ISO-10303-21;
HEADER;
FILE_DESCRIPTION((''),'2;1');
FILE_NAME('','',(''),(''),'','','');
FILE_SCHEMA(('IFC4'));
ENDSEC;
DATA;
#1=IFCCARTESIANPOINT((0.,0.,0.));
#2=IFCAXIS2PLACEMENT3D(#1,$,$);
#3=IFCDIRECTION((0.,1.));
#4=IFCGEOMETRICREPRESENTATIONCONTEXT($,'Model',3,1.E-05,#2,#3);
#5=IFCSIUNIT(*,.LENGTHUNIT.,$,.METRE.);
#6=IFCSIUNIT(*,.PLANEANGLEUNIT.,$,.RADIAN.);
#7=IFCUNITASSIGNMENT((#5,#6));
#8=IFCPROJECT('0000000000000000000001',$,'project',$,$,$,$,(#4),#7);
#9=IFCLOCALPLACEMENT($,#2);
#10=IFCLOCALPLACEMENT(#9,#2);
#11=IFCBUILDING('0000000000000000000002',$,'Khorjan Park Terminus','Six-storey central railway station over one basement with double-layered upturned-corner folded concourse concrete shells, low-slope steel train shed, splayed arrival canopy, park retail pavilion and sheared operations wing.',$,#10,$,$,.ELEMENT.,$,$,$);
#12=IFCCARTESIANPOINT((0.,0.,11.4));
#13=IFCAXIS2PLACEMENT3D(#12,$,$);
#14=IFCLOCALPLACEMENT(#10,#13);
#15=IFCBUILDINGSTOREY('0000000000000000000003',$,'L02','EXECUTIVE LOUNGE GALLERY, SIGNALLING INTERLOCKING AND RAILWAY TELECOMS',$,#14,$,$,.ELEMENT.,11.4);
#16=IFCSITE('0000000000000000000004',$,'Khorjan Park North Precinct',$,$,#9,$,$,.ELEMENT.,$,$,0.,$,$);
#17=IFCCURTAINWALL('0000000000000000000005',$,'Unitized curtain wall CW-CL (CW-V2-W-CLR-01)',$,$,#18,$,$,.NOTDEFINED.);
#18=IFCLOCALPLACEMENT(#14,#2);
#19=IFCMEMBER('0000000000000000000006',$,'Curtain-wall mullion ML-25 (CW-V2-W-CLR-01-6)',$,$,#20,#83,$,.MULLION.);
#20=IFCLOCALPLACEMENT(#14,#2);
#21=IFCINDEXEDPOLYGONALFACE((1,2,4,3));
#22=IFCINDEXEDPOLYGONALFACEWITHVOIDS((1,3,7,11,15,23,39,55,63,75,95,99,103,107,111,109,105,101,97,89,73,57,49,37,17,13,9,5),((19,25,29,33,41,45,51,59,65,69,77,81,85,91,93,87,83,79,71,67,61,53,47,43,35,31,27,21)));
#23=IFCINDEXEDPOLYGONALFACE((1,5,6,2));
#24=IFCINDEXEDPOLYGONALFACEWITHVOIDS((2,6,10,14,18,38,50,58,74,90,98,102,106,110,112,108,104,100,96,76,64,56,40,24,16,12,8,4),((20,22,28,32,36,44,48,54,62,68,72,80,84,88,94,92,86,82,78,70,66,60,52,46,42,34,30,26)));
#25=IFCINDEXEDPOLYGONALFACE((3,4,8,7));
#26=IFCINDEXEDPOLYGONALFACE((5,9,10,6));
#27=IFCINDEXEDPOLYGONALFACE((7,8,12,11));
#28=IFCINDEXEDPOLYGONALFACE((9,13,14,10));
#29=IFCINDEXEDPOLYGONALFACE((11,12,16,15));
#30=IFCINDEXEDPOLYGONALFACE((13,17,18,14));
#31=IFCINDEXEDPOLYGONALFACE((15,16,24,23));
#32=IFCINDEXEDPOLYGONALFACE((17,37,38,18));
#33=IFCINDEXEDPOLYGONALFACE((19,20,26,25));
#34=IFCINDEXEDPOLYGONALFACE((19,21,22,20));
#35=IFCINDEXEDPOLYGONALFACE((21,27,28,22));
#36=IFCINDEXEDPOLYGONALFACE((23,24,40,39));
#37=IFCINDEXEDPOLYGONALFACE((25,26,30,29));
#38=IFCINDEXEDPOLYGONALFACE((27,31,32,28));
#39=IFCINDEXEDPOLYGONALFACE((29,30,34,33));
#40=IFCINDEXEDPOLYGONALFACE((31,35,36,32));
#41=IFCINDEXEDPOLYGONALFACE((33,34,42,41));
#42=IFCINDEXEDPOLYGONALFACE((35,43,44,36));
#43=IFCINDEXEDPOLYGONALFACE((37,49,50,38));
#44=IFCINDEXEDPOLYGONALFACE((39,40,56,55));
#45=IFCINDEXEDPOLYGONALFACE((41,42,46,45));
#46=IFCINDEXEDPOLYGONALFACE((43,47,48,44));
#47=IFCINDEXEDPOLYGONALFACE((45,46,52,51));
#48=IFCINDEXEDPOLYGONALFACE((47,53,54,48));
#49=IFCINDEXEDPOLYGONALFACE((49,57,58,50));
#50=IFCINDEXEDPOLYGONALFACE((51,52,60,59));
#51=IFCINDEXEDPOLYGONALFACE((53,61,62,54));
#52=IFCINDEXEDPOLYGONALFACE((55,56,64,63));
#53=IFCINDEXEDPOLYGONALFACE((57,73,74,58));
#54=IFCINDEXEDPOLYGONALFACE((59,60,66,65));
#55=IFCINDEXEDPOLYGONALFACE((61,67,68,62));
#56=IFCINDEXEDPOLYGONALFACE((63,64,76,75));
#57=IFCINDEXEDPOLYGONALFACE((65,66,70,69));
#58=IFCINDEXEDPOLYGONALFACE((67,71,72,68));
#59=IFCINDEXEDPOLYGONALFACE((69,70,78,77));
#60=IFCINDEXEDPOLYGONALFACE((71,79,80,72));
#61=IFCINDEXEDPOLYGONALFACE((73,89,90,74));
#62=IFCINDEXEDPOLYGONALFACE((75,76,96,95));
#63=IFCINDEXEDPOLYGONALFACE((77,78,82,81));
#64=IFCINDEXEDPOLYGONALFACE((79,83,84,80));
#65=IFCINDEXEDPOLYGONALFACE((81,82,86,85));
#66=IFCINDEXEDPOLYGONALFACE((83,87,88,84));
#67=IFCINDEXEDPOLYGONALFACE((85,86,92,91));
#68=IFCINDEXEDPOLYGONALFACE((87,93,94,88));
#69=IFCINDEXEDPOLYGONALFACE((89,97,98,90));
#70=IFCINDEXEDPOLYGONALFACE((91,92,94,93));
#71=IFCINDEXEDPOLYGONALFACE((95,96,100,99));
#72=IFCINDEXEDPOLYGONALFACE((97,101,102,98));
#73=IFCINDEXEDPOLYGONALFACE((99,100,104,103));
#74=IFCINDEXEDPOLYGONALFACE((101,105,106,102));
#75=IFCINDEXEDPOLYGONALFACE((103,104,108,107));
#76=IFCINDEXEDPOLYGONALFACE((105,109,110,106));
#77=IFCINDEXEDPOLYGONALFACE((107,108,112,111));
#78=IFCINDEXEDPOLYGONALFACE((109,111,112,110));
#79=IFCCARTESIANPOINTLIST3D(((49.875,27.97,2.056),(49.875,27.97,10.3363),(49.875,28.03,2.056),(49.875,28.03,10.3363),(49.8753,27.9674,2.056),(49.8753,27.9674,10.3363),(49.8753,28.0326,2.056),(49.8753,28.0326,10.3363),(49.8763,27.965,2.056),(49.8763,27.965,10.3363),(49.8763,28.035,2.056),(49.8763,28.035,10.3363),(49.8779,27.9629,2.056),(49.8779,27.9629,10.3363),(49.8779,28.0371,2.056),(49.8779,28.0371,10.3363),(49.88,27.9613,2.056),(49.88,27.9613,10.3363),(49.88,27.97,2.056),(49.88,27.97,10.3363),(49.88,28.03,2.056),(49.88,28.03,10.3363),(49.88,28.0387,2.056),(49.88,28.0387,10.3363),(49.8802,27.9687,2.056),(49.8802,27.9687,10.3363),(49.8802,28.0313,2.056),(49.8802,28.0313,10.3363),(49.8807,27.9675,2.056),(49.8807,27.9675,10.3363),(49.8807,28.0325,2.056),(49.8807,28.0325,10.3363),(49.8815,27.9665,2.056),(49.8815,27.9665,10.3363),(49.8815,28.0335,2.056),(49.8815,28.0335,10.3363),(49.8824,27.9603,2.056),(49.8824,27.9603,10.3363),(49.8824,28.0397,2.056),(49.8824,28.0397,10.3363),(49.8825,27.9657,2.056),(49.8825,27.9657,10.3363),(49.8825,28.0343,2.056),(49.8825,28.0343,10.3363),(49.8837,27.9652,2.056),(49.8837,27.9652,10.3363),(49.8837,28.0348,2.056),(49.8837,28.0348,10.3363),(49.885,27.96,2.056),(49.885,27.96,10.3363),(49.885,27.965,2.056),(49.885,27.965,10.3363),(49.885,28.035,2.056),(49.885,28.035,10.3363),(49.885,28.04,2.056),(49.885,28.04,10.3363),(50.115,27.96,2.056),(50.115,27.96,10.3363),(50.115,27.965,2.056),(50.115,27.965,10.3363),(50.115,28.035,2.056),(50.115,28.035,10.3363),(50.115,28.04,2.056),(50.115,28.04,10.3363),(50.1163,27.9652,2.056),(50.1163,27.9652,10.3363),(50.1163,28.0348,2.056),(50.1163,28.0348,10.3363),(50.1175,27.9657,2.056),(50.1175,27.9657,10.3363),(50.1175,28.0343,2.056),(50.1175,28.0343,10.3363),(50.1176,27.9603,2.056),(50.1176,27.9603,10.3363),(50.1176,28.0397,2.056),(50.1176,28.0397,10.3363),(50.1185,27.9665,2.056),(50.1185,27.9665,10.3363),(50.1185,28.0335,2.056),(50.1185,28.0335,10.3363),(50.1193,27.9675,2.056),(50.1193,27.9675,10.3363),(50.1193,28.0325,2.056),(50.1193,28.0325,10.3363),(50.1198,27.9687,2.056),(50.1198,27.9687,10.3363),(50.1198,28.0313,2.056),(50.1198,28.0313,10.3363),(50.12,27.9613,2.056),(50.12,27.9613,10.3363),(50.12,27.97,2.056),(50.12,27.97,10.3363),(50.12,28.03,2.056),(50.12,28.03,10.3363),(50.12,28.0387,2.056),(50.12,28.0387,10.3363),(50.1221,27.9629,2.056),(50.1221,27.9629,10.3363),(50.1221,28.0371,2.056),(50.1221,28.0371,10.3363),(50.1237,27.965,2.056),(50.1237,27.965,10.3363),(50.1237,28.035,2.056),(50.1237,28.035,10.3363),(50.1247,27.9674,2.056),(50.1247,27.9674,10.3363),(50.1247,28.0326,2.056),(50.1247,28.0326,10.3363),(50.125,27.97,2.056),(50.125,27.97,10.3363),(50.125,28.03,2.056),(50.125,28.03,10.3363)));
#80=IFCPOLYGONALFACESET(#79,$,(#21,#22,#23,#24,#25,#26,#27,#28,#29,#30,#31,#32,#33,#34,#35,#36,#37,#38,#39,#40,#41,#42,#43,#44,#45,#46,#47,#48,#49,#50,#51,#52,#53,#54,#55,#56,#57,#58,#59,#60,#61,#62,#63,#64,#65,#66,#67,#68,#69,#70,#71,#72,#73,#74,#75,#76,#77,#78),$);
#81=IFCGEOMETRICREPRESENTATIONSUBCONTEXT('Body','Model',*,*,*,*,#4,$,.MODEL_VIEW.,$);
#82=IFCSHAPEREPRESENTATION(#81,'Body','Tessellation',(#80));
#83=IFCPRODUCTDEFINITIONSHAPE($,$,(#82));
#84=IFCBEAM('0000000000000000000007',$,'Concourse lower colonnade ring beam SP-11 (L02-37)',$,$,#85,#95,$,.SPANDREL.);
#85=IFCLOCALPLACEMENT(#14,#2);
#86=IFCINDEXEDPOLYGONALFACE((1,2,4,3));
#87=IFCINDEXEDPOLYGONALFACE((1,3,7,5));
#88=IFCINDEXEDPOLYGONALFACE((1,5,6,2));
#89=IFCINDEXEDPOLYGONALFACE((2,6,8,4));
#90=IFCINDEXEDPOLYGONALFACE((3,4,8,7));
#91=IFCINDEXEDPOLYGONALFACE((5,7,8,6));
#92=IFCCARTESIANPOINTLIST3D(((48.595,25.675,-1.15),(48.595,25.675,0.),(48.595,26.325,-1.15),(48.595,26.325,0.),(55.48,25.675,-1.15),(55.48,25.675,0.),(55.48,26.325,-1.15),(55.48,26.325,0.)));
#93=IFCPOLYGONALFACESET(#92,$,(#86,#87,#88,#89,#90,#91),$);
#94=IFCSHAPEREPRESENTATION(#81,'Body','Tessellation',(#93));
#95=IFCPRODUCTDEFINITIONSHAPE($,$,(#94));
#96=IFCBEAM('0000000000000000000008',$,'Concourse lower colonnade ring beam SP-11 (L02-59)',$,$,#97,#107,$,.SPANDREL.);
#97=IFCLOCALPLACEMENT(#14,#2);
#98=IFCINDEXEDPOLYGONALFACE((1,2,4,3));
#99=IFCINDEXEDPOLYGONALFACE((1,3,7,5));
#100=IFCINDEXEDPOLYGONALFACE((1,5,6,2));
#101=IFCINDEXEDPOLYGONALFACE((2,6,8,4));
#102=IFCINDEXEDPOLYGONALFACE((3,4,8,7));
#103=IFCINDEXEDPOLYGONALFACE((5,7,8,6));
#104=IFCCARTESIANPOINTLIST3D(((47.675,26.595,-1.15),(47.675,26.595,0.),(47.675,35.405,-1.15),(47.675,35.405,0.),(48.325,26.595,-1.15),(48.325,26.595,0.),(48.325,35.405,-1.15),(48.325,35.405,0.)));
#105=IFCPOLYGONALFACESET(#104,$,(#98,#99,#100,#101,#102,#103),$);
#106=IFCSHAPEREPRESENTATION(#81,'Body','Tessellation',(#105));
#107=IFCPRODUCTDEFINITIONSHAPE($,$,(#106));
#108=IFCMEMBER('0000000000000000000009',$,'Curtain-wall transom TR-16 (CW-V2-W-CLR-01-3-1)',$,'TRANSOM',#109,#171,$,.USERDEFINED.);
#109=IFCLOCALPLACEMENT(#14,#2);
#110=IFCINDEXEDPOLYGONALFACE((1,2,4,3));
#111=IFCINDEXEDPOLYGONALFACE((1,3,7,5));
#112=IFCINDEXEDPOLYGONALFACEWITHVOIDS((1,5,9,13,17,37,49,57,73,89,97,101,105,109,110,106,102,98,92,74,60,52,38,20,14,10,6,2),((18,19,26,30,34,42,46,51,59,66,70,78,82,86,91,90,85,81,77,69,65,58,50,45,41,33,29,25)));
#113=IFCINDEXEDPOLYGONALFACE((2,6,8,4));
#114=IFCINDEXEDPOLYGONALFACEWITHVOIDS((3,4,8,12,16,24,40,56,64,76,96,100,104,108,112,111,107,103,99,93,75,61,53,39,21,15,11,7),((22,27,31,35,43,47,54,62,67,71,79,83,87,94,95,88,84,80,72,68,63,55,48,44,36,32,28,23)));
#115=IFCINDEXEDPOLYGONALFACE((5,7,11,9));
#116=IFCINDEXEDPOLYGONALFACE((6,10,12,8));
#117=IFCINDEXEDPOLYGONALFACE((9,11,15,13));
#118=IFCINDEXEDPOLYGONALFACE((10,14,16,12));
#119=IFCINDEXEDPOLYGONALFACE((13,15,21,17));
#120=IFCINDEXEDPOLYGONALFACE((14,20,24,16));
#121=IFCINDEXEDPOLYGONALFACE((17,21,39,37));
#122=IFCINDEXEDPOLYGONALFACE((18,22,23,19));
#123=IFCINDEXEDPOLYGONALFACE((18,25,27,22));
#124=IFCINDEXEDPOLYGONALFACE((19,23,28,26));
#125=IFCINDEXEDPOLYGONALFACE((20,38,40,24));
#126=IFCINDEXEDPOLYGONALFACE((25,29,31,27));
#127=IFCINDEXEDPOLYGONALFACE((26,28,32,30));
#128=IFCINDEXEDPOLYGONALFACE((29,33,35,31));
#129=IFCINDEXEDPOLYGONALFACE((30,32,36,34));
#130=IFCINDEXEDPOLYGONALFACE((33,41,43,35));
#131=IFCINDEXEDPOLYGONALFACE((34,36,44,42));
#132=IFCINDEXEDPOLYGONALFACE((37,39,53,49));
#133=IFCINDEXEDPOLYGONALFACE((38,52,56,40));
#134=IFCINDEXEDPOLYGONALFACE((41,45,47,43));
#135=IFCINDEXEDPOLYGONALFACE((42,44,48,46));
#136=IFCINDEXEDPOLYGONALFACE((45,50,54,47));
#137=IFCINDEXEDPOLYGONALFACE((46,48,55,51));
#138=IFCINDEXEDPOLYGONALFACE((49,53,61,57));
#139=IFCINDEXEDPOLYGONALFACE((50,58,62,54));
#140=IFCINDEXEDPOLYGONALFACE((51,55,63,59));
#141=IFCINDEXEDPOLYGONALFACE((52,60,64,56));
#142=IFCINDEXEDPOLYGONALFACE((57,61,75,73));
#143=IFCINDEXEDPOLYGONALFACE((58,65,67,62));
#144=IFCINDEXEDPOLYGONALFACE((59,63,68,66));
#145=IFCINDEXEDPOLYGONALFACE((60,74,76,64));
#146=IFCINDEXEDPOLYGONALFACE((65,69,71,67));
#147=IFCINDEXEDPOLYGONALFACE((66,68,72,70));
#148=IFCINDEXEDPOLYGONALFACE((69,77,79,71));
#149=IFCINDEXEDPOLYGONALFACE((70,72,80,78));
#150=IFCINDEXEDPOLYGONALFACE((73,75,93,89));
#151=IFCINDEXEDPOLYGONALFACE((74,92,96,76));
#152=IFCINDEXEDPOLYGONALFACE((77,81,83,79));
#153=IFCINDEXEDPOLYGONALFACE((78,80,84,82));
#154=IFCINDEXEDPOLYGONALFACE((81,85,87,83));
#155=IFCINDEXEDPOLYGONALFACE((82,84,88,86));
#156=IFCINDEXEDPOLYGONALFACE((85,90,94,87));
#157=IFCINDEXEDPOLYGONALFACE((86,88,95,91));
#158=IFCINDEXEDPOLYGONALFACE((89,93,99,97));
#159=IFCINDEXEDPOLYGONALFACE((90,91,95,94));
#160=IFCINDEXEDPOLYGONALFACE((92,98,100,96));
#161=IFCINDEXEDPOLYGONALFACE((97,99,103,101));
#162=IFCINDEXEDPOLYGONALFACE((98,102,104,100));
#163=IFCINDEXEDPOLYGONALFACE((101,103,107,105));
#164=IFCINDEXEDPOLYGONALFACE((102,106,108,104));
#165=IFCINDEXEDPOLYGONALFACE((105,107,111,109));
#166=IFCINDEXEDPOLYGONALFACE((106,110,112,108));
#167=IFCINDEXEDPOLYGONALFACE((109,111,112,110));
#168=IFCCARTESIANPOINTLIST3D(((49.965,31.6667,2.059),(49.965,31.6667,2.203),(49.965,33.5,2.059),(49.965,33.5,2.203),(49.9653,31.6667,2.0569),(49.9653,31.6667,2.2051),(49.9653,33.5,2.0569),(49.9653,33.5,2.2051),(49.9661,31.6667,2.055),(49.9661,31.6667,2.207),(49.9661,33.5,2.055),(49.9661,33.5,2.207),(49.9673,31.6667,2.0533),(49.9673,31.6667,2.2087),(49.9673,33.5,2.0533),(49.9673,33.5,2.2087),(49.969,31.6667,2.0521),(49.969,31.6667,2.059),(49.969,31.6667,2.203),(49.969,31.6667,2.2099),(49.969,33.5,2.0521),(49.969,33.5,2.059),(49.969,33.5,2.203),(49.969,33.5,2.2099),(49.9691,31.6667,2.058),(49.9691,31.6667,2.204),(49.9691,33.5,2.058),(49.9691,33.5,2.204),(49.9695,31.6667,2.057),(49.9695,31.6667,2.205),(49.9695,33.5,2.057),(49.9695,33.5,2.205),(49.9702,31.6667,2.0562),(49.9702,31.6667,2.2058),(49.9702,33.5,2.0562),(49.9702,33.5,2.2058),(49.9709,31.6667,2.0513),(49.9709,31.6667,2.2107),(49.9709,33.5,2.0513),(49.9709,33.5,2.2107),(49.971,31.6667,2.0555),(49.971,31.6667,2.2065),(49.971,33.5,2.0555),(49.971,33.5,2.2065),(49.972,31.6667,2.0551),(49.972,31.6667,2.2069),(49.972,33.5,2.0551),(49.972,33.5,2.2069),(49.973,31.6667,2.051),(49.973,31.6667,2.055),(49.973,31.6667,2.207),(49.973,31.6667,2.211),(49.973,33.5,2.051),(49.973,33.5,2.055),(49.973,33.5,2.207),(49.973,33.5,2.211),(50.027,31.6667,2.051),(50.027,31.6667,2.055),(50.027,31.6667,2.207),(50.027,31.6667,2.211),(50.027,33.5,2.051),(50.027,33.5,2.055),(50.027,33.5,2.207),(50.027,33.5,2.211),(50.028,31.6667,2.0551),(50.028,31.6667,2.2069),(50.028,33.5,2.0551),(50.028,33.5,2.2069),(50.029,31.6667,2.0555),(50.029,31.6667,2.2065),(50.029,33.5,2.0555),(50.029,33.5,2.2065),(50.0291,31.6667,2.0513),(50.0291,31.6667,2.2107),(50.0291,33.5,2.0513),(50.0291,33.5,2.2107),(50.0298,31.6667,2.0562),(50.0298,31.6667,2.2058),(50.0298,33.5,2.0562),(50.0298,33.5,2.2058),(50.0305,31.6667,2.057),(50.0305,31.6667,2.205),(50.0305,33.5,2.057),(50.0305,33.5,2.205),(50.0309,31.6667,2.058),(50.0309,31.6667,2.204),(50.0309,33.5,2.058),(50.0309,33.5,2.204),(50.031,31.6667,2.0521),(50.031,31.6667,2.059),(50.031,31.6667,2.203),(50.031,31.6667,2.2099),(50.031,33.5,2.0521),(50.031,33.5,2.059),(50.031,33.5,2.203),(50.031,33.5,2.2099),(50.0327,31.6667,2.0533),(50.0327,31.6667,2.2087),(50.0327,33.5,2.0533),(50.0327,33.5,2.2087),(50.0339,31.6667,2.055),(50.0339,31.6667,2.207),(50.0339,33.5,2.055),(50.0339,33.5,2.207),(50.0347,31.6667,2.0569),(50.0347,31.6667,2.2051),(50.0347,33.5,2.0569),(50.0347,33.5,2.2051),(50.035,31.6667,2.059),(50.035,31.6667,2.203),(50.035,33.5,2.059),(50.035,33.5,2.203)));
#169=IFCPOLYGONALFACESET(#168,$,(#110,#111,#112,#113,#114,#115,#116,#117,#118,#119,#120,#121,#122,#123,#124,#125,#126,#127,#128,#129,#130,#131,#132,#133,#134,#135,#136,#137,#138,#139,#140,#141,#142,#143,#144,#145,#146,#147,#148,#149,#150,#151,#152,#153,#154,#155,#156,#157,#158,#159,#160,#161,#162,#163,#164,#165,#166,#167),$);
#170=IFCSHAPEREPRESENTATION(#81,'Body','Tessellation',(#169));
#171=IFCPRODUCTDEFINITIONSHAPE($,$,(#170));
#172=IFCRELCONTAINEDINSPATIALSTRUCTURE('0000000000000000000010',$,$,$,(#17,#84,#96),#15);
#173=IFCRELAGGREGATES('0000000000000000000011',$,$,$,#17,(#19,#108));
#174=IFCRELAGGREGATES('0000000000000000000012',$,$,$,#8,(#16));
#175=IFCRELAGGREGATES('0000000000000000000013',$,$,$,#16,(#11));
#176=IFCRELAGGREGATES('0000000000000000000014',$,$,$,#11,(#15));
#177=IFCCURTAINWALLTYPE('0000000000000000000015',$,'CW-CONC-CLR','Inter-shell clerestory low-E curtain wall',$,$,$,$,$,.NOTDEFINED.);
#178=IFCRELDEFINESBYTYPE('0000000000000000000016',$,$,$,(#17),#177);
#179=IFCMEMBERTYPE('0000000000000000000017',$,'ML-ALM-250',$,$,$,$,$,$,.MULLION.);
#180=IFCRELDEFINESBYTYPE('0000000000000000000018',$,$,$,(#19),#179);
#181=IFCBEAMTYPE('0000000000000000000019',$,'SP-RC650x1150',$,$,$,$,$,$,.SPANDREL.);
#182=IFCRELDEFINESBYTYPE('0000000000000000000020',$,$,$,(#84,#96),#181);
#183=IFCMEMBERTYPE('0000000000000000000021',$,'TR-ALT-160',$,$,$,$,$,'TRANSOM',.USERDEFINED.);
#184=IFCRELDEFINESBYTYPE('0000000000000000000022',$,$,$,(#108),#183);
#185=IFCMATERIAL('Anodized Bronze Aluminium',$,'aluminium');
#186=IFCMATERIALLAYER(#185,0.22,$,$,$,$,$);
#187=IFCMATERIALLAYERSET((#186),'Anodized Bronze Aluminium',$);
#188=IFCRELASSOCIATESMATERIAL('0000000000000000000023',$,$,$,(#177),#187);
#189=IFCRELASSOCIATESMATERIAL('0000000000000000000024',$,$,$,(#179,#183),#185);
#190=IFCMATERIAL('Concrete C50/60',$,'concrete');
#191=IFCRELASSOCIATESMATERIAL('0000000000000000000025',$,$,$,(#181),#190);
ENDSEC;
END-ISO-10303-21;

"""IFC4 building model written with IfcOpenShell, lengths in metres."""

from ifc_helpers import new_model, si_unit, direction, frame, origin, origin_2d, place, context, subcontext, project, spatial, rectangle, hollow_rectangle, extrude, material, layer, layer_set, material_profile, profile_set, type_object, element, aggregate, save


model = new_model("IFC4")

# Units and contexts
model_context = context("Model", 3, precision=1e-05, world=origin(), true_north=direction((0.0, 1.0)))
body_context = subcontext(model_context, "Body", "Model", "MODEL_VIEW")
ifc_project = project(units=[si_unit("LENGTHUNIT", "METRE"), si_unit("PLANEANGLEUNIT", "RADIAN")], contexts=[model_context])

# Site, building, storey
site_placement = place(None, origin())
site = spatial("IfcSite", under=ifc_project, at=site_placement, Name="Khorjan Park North Precinct", CompositionType="ELEMENT", RefElevation=0.0)
building_placement = place(site_placement, origin())
building = spatial("IfcBuilding", under=site, at=building_placement, Name="Khorjan Park Terminus", Description="Six-storey central railway station over one basement with double-layered upturned-corner folded concourse concrete shells, low-slope steel train shed, splayed arrival canopy, park retail pavilion and sheared operations wing.", CompositionType="ELEMENT")
storey_placement = place(building_placement, frame((0.0, 0.0, 11.4)))
storey = spatial("IfcBuildingStorey", under=building, at=storey_placement, Name="L02", Description="EXECUTIVE LOUNGE GALLERY, SIGNALLING INTERLOCKING AND RAILWAY TELECOMS", CompositionType="ELEMENT", Elevation=11.4)

# Curtain wall, member
ifc_material_1 = material(Name="Anodized Bronze Aluminium", Category="aluminium")
ifc_layer_1 = layer(ifc_material_1, 0.22)
ifc_layer_set_1 = layer_set([ifc_layer_1], Name="Anodized Bronze Aluminium")
curtain_wall_type = type_object("IfcCurtainWallType", Name="CW-CONC-CLR", Description="Inter-shell clerestory low-E curtain wall", PredefinedType="NOTDEFINED", material=ifc_layer_set_1)
curtain_wall_placement = place(storey_placement, origin())
curtain_wall = element("IfcCurtainWall", 1, at=curtain_wall_placement, inside=storey, type_object=curtain_wall_type, Name="Unitized curtain wall CW-CL (CW-V2-W-CLR-01)", PredefinedType="NOTDEFINED")
ifc_material_profile_1 = material_profile(ifc_material_1, hollow_rectangle(XDim=0.08, YDim=0.25, WallThickness=0.005, InnerFilletRadius=0.005, OuterFilletRadius=0.01, at=origin_2d()), Name="ALM 80x250x5")
ifc_profile_set_1 = profile_set([ifc_material_profile_1], Name="Anodized Bronze Aluminium")
member_type_1 = type_object("IfcMemberType", Name="ML-ALM-250", PredefinedType="MULLION", material=ifc_profile_set_1)
member_1_placement = place(storey_placement, frame((50.0, 28.0, 2.056), z_axis=(0.0, 0.0, 1.0), x_axis=(0.0, -1.0, 0.0)))
member_1 = element("IfcMember", 2, at=member_1_placement, type_object=member_type_1, Name="Curtain-wall mullion ML-25 (CW-V2-W-CLR-01-6)", PredefinedType="MULLION", context=body_context, shape_type="SweptSolid", body=[
    extrude(hollow_rectangle(XDim=0.08, YDim=0.25, WallThickness=0.005, InnerFilletRadius=0.005, OuterFilletRadius=0.01, at=origin_2d()), origin(), (0.0, 0.0, 1.0), 8.2803),
])

# Beams
ifc_material_2 = material(Name="Concrete C50/60", Category="concrete")
ifc_material_profile_2 = material_profile(ifc_material_2, rectangle(XDim=0.65, YDim=1.15, at=origin_2d()), Name="RC 650x1150")
ifc_profile_set_2 = profile_set([ifc_material_profile_2], Name="Concrete C50/60")
beam_type = type_object("IfcBeamType", Name="SP-RC650x1150", PredefinedType="SPANDREL", material=ifc_profile_set_2)
beam_1_placement = place(storey_placement, frame((48.595, 26.0, -0.575), z_axis=(1.0, 0.0, 0.0), x_axis=(0.0, 1.0, 0.0)))
element("IfcBeam", 3, at=beam_1_placement, inside=storey, type_object=beam_type, Name="Concourse lower colonnade ring beam SP-11 (L02-37)", PredefinedType="SPANDREL", context=body_context, shape_type="SweptSolid", body=[
    extrude(rectangle(XDim=0.65, YDim=1.15, at=origin_2d()), origin(), (0.0, 0.0, 1.0), 6.885),
])
beam_2_placement = place(storey_placement, frame((48.0, 26.595, -0.575), z_axis=(0.0, 1.0, 0.0), x_axis=(-1.0, 0.0, 0.0)))
element("IfcBeam", 4, at=beam_2_placement, inside=storey, type_object=beam_type, Name="Concourse lower colonnade ring beam SP-11 (L02-59)", PredefinedType="SPANDREL", context=body_context, shape_type="SweptSolid", body=[
    extrude(rectangle(XDim=0.65, YDim=1.15, at=origin_2d()), origin(), (0.0, 0.0, 1.0), 8.81),
])

# Member
ifc_material_profile_3 = material_profile(ifc_material_1, hollow_rectangle(XDim=0.07, YDim=0.16, WallThickness=0.004, InnerFilletRadius=0.004, OuterFilletRadius=0.008, at=origin_2d()), Name="ALT 70x160x4")
ifc_profile_set_3 = profile_set([ifc_material_profile_3], Name="Anodized Bronze Aluminium")
member_type_2 = type_object("IfcMemberType", Name="TR-ALT-160", ElementType="TRANSOM", PredefinedType="USERDEFINED", material=ifc_profile_set_3)
member_2_placement = place(storey_placement, frame((50.0, 33.5, 2.131), z_axis=(0.0, -1.0, 0.0), x_axis=(1.0, 0.0, 0.0)))
member_2 = element("IfcMember", 5, at=member_2_placement, type_object=member_type_2, Name="Curtain-wall transom TR-16 (CW-V2-W-CLR-01-3-1)", ObjectType="TRANSOM", PredefinedType="USERDEFINED", context=body_context, shape_type="SweptSolid", body=[
    extrude(hollow_rectangle(XDim=0.07, YDim=0.16, WallThickness=0.004, InnerFilletRadius=0.004, OuterFilletRadius=0.008, at=origin_2d()), origin(), (0.0, 0.0, 1.0), 1.8333),
])

aggregate(curtain_wall, [member_1, member_2])

save(model, "model.ifc")
